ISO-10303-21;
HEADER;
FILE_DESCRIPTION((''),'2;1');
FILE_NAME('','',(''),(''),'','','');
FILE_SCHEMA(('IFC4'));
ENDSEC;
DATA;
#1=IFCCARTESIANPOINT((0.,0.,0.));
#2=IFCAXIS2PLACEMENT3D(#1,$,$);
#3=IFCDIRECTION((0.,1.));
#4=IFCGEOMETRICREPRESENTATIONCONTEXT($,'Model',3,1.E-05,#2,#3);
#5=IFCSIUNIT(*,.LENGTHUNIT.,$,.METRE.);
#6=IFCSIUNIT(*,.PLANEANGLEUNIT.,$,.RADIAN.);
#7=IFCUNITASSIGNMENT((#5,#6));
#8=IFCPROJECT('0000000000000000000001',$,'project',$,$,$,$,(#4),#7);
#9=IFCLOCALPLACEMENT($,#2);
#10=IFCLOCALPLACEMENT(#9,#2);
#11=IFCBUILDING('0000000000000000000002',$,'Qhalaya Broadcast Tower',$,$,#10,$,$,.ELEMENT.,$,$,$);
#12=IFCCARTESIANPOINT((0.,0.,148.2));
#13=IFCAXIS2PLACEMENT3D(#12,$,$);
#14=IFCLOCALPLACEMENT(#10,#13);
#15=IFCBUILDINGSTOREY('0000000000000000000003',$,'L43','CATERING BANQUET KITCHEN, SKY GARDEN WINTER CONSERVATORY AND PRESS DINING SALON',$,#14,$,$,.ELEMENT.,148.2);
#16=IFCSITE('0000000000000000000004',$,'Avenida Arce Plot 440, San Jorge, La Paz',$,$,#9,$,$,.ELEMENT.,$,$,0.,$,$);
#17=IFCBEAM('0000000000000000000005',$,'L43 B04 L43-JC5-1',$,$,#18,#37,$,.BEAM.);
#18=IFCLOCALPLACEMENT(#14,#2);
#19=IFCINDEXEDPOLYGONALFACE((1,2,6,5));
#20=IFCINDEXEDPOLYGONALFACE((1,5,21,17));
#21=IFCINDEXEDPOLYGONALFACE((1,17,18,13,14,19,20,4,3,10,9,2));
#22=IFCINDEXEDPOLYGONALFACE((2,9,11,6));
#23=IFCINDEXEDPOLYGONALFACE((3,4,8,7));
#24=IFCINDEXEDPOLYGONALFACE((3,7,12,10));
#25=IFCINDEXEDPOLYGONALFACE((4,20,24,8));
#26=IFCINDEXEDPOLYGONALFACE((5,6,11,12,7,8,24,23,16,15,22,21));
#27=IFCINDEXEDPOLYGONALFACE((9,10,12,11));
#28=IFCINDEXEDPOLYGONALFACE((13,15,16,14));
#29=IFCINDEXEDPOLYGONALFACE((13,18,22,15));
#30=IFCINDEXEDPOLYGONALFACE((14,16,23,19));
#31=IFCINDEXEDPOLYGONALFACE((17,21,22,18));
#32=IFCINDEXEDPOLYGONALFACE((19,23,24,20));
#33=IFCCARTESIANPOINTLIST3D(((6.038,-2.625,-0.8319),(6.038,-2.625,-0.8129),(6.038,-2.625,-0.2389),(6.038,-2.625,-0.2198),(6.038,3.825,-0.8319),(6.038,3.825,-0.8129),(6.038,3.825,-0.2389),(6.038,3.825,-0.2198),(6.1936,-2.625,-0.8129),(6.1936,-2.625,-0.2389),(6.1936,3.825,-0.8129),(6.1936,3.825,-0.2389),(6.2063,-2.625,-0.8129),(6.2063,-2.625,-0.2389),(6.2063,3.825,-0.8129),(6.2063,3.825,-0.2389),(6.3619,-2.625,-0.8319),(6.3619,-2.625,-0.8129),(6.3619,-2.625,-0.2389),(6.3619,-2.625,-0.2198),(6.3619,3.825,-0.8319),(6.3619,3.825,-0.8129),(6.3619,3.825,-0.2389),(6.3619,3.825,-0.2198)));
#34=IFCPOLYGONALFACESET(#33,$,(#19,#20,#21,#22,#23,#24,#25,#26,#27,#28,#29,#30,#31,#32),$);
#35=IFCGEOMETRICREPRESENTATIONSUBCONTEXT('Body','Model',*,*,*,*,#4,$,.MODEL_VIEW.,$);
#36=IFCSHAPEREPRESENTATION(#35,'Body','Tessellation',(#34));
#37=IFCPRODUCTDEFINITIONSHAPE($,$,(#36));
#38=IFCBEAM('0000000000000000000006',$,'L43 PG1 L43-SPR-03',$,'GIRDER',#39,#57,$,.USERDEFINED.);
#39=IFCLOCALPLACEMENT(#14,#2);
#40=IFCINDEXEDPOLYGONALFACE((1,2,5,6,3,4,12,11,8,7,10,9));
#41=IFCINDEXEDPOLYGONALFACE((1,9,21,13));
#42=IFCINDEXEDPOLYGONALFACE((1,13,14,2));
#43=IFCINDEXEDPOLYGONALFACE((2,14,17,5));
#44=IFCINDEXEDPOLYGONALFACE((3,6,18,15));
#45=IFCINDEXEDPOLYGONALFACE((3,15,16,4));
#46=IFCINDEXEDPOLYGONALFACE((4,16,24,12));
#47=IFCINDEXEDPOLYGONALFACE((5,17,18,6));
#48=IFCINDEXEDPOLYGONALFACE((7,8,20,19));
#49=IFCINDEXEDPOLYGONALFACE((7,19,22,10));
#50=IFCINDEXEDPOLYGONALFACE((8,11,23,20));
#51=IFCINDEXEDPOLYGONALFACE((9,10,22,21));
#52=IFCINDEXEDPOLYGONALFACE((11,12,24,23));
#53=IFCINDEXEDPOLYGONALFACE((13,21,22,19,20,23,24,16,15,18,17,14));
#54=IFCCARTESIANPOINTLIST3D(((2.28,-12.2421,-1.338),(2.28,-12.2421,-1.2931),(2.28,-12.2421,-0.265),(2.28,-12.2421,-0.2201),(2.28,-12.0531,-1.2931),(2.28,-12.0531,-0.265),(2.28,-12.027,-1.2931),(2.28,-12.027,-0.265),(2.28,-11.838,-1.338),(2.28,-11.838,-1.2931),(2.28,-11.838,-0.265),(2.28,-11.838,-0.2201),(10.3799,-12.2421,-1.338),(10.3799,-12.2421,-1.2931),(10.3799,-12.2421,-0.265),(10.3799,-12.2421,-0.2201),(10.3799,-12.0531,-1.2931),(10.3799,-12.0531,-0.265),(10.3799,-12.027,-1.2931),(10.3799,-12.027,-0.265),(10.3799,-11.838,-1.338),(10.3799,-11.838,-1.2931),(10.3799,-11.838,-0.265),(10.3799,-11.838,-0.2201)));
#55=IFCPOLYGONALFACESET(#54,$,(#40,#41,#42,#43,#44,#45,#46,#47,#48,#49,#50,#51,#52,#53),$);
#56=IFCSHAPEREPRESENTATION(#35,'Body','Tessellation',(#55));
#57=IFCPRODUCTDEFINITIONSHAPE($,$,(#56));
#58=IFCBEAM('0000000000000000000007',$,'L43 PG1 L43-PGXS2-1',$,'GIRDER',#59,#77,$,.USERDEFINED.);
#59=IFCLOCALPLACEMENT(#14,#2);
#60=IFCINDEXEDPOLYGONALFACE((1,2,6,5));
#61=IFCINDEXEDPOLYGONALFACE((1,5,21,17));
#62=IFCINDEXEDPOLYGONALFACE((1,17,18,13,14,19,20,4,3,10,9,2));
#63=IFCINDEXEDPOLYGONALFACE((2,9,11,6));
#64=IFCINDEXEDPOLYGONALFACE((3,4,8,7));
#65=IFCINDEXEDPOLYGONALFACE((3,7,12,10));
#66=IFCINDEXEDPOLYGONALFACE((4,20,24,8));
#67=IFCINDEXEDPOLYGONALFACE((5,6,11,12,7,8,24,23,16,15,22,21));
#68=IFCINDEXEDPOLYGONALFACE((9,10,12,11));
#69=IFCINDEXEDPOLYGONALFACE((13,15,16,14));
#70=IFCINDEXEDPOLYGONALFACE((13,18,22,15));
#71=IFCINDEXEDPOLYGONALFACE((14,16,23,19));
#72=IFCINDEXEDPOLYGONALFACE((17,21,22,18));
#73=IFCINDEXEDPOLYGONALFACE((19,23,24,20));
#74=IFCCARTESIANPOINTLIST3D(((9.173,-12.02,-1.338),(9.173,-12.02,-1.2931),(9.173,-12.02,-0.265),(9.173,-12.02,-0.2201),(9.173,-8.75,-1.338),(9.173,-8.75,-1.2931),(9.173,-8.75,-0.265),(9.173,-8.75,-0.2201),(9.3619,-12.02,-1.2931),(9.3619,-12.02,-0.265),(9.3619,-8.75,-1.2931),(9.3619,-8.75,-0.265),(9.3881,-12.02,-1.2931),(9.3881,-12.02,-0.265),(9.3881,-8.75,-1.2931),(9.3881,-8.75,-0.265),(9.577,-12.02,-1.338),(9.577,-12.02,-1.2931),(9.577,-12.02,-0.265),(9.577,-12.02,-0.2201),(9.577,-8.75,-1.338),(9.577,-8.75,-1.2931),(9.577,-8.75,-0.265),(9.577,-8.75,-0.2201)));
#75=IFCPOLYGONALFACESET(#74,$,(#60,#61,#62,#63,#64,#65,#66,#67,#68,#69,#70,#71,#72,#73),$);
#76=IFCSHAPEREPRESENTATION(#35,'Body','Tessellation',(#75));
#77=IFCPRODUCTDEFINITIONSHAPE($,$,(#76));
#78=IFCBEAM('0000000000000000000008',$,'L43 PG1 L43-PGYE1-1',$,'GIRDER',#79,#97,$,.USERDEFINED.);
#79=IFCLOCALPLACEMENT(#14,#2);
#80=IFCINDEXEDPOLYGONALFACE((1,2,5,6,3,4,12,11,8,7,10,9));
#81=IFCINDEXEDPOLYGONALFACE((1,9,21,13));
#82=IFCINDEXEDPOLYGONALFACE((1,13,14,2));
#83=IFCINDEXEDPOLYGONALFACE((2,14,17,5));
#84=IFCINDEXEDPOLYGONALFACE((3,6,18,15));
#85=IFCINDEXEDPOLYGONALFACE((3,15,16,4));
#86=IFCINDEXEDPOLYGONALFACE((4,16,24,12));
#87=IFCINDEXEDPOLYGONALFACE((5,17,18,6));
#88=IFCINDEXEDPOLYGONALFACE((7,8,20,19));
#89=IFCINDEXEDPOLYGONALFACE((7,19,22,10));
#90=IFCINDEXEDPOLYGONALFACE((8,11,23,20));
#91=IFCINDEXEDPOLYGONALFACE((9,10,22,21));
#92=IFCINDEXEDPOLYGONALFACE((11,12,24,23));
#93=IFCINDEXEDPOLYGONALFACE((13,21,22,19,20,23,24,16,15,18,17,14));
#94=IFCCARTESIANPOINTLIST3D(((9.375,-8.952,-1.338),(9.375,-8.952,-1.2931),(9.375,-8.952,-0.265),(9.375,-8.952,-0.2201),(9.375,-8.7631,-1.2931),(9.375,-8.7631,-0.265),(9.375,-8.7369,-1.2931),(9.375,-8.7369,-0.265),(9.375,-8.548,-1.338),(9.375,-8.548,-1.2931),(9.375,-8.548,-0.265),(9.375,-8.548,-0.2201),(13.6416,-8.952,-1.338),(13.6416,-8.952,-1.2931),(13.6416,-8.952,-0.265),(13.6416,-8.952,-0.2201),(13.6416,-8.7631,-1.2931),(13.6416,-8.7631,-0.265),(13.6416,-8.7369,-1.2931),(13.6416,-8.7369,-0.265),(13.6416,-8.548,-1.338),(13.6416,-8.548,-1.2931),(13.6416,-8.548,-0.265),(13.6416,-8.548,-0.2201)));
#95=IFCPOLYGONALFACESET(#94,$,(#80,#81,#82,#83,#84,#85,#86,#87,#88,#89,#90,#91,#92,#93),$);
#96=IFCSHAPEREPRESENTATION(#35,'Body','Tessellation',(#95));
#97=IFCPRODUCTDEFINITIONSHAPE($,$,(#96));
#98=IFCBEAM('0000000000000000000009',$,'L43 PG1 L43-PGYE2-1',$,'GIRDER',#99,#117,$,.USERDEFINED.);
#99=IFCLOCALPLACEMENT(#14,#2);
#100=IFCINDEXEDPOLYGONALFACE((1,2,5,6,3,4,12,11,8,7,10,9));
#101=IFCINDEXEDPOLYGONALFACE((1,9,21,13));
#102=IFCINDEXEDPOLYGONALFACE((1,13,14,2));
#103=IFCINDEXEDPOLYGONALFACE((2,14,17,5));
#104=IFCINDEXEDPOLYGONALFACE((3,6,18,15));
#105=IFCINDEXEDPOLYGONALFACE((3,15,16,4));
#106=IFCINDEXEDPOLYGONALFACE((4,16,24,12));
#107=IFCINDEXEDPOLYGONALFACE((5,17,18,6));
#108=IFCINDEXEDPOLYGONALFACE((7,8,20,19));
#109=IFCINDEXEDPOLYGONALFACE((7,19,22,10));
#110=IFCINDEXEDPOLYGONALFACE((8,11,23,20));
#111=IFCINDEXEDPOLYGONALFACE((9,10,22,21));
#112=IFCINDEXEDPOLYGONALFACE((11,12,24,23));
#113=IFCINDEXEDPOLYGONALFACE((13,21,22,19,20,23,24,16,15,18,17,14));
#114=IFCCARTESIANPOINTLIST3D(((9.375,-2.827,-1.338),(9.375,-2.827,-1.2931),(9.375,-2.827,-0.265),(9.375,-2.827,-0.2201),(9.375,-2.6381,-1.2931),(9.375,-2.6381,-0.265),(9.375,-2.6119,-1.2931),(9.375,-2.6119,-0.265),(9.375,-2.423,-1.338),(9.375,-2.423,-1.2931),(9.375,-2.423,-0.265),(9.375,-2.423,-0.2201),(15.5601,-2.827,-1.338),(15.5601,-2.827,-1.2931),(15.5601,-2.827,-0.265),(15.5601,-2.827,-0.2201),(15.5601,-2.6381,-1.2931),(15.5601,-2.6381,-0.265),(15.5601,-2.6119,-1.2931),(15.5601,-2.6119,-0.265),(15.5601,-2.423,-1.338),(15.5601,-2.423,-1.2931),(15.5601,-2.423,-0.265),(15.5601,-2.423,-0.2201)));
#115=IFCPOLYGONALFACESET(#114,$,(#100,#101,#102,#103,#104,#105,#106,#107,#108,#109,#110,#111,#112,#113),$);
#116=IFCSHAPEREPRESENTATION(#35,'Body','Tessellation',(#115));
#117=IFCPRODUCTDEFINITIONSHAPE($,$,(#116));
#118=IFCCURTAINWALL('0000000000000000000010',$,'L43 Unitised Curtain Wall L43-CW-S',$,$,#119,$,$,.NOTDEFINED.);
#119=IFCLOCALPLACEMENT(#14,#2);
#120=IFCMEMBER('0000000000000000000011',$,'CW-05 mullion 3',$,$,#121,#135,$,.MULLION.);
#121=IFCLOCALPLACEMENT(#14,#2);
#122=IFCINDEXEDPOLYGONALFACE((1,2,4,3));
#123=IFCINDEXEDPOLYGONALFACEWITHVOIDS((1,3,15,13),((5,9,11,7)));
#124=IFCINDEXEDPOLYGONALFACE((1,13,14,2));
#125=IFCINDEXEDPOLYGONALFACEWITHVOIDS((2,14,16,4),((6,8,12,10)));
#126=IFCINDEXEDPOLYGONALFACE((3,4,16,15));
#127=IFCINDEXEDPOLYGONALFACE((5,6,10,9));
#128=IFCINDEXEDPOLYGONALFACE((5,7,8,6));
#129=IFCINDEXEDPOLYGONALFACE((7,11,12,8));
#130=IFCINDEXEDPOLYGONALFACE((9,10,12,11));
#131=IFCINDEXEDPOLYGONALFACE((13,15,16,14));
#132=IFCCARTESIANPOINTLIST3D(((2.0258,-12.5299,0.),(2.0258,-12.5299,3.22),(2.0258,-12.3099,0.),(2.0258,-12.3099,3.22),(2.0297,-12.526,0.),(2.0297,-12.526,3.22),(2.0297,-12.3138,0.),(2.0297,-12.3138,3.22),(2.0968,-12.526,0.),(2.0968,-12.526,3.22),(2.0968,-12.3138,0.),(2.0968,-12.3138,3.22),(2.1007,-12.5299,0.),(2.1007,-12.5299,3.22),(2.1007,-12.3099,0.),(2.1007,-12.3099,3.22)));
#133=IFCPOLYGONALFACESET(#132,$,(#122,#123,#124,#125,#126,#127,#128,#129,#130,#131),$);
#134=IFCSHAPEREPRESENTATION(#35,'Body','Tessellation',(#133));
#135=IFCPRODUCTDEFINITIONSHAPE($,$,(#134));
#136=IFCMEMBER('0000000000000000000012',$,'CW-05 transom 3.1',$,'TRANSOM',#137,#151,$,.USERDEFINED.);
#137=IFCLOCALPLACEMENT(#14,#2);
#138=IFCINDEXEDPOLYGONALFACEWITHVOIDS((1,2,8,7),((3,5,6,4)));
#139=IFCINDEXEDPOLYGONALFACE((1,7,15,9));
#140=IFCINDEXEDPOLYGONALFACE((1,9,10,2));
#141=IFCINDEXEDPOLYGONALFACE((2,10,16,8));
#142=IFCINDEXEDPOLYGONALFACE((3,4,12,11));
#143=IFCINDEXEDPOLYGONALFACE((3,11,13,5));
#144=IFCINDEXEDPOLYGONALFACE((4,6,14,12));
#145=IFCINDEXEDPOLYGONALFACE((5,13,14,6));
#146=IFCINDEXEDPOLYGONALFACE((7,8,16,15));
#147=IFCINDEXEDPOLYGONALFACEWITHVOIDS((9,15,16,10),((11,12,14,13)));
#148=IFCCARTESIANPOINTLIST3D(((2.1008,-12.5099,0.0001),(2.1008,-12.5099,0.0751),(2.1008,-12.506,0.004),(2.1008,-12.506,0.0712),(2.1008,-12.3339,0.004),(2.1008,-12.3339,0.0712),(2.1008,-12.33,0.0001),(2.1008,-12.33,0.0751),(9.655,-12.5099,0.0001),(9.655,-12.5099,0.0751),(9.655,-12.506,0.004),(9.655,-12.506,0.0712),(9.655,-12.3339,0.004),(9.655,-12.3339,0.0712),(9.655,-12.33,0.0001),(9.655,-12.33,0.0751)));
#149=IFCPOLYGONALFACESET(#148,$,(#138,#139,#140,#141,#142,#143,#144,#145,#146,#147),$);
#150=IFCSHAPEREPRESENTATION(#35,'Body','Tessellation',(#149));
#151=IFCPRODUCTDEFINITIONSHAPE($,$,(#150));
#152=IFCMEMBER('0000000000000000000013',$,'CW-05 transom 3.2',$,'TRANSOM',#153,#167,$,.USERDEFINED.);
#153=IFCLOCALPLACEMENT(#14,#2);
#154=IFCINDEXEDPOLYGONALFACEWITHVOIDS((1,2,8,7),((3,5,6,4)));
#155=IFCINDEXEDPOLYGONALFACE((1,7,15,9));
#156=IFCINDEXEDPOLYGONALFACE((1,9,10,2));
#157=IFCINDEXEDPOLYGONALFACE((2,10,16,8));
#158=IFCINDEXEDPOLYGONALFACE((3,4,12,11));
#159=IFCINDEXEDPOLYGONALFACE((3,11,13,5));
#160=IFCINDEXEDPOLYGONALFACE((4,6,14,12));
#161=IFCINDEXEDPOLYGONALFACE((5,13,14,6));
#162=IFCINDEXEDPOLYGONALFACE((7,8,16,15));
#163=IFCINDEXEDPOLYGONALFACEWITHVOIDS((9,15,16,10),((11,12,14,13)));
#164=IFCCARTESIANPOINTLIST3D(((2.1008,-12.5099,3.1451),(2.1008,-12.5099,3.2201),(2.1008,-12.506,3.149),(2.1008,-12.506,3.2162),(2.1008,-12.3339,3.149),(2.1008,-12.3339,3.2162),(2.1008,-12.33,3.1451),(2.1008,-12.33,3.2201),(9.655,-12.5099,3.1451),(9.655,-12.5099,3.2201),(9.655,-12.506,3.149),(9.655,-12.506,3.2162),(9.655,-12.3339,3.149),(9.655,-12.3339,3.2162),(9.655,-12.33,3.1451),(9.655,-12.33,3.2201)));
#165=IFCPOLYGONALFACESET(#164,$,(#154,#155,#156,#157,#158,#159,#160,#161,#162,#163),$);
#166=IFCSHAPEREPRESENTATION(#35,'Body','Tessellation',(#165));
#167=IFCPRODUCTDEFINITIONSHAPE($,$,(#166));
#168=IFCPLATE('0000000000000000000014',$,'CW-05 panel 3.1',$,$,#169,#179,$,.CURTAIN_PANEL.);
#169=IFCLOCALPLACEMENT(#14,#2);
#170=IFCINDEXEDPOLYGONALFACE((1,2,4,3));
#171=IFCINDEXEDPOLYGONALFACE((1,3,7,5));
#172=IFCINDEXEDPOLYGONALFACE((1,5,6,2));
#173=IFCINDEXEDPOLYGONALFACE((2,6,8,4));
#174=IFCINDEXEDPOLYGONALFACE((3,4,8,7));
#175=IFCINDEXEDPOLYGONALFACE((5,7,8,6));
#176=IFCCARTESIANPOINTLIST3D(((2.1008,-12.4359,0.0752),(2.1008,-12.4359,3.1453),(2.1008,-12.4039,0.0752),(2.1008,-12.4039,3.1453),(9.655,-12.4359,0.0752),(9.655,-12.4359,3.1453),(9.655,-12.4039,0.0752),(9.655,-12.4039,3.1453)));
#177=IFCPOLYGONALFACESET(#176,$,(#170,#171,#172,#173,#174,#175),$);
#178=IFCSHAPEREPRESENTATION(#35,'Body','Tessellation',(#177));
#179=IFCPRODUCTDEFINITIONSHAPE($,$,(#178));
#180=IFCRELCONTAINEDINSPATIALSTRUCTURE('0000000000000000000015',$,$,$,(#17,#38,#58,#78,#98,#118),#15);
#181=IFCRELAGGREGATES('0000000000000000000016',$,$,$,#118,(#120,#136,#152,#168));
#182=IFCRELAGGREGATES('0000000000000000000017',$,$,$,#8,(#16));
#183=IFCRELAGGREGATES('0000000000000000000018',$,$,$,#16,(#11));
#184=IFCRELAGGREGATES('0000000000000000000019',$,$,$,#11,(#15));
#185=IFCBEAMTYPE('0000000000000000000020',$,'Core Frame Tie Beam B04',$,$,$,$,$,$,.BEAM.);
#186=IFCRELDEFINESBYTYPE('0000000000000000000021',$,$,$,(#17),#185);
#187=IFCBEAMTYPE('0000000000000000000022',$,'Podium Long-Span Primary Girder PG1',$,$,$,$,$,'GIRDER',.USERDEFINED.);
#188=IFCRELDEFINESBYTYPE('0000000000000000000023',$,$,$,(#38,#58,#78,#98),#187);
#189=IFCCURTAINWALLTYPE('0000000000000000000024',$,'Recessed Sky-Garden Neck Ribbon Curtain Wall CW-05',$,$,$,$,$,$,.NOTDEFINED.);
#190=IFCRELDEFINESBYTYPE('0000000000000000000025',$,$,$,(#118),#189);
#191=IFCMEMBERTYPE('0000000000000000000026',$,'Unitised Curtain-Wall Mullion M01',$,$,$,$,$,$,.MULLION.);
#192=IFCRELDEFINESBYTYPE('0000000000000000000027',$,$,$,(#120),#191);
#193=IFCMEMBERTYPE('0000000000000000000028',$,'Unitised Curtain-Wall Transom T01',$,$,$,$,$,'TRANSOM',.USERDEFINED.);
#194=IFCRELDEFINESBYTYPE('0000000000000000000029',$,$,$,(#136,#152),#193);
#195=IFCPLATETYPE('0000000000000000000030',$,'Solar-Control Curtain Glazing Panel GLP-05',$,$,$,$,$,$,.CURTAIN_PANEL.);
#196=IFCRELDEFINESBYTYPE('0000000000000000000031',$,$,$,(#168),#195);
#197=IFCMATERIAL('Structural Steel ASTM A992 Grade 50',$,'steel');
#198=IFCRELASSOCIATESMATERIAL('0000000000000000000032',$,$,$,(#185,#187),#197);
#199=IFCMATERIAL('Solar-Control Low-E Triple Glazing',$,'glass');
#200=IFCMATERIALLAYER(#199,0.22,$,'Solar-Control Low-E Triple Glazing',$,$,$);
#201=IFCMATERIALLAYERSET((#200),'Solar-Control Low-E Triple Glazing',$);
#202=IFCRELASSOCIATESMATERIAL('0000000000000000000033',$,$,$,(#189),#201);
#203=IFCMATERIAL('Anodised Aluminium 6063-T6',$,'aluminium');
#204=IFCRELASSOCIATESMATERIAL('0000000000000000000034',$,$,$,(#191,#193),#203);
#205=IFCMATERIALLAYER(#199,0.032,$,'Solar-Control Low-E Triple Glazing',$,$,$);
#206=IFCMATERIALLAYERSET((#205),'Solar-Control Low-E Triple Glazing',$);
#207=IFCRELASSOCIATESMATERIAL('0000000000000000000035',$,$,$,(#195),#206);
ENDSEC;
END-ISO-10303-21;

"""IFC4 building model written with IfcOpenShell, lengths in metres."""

from ifc_helpers import new_model, si_unit, direction, frame, origin, origin_2d, place, context, subcontext, project, spatial, rectangle, hollow_rectangle, i_section, extrude, material, layer, layer_set, material_profile, profile_set, type_object, element, aggregate, save


model = new_model("IFC4")

# Units and contexts
model_context = context("Model", 3, precision=1e-05, world=origin(), true_north=direction((0.0, 1.0)))
body_context = subcontext(model_context, "Body", "Model", "MODEL_VIEW")
ifc_project = project(units=[si_unit("LENGTHUNIT", "METRE"), si_unit("PLANEANGLEUNIT", "RADIAN")], contexts=[model_context])

# Site, building, storey
site_placement = place(None, origin())
site = spatial("IfcSite", under=ifc_project, at=site_placement, Name="Avenida Arce Plot 440, San Jorge, La Paz", CompositionType="ELEMENT", RefElevation=0.0)
building_placement = place(site_placement, origin())
building = spatial("IfcBuilding", under=site, at=building_placement, Name="Qhalaya Broadcast Tower", CompositionType="ELEMENT")
storey_placement = place(building_placement, frame((0.0, 0.0, 148.2)))
storey = spatial("IfcBuildingStorey", under=building, at=storey_placement, Name="L43", Description="CATERING BANQUET KITCHEN, SKY GARDEN WINTER CONSERVATORY AND PRESS DINING SALON", CompositionType="ELEMENT", Elevation=148.2)

# Beams
ifc_material_1 = material(Name="Structural Steel ASTM A992 Grade 50", Category="steel")
ifc_material_profile_1 = material_profile(ifc_material_1, i_section(OverallWidth=0.324, OverallDepth=0.6121, WebThickness=0.0127, FlangeThickness=0.019, at=origin_2d()), Name="W24X104")
ifc_profile_set_1 = profile_set([ifc_material_profile_1], Name="Structural Steel ASTM A992 Grade 50")
beam_type_1 = type_object("IfcBeamType", Name="Core Frame Tie Beam B04", PredefinedType="BEAM", material=ifc_profile_set_1)
for number, where, z_axis, x_axis, name in (
    (1, (6.2, -2.625, -0.5259), (0.0, 1.0, 0.0), (-1.0, 0.0, 0.0), "L43 B04 L43-JC5-1"),
):
    element("IfcBeam", number, at=place(storey_placement, frame(where, z_axis=z_axis, x_axis=x_axis)), inside=storey, type_object=beam_type_1, Name=name, PredefinedType="BEAM", context=body_context, shape_type="SweptSolid", body=[
        extrude(i_section(OverallWidth=0.324, OverallDepth=0.6121, WebThickness=0.0127, FlangeThickness=0.019, at=origin_2d()), origin(), (0.0, 0.0, 1.0), 6.45),
    ])
ifc_material_profile_2 = material_profile(ifc_material_1, i_section(OverallWidth=0.4041, OverallDepth=1.1179, WebThickness=0.0261, FlangeThickness=0.0449, at=origin_2d()), Name="W44X335")
ifc_profile_set_2 = profile_set([ifc_material_profile_2], Name="Structural Steel ASTM A992 Grade 50")
beam_type_2 = type_object("IfcBeamType", Name="Podium Long-Span Primary Girder PG1", ElementType="GIRDER", PredefinedType="USERDEFINED", material=ifc_profile_set_2)
beam_1_placement = place(storey_placement, frame((2.28, -12.04, -0.7791), z_axis=(1.0, 0.0, 0.0), x_axis=(0.0, 1.0, 0.0)))
element("IfcBeam", 2, at=beam_1_placement, inside=storey, type_object=beam_type_2, Name="L43 PG1 L43-SPR-03", ObjectType="GIRDER", PredefinedType="USERDEFINED", context=body_context, shape_type="SweptSolid", body=[
    extrude(i_section(OverallWidth=0.4041, OverallDepth=1.1179, WebThickness=0.0261, FlangeThickness=0.0449, at=origin_2d()), origin(), (0.0, 0.0, 1.0), 8.0999),
])
beam_2_placement = place(storey_placement, frame((9.375, -12.02, -0.7791), z_axis=(0.0, 1.0, 0.0), x_axis=(-1.0, 0.0, 0.0)))
element("IfcBeam", 3, at=beam_2_placement, inside=storey, type_object=beam_type_2, Name="L43 PG1 L43-PGXS2-1", ObjectType="GIRDER", PredefinedType="USERDEFINED", context=body_context, shape_type="SweptSolid", body=[
    extrude(i_section(OverallWidth=0.4041, OverallDepth=1.1179, WebThickness=0.0261, FlangeThickness=0.0449, at=origin_2d()), origin(), (0.0, 0.0, 1.0), 3.27),
])
beam_3_placement = place(storey_placement, frame((9.375, -8.75, -0.7791), z_axis=(1.0, 0.0, 0.0), x_axis=(0.0, 1.0, 0.0)))
element("IfcBeam", 4, at=beam_3_placement, inside=storey, type_object=beam_type_2, Name="L43 PG1 L43-PGYE1-1", ObjectType="GIRDER", PredefinedType="USERDEFINED", context=body_context, shape_type="SweptSolid", body=[
    extrude(i_section(OverallWidth=0.4041, OverallDepth=1.1179, WebThickness=0.0261, FlangeThickness=0.0449, at=origin_2d()), origin(), (0.0, 0.0, 1.0), 4.2666),
])
beam_4_placement = place(storey_placement, frame((9.375, -2.625, -0.7791), z_axis=(1.0, 0.0, 0.0), x_axis=(0.0, 1.0, 0.0)))
element("IfcBeam", 5, at=beam_4_placement, inside=storey, type_object=beam_type_2, Name="L43 PG1 L43-PGYE2-1", ObjectType="GIRDER", PredefinedType="USERDEFINED", context=body_context, shape_type="SweptSolid", body=[
    extrude(i_section(OverallWidth=0.4041, OverallDepth=1.1179, WebThickness=0.0261, FlangeThickness=0.0449, at=origin_2d()), origin(), (0.0, 0.0, 1.0), 6.1851),
])

# Curtain wall, members, plate
ifc_material_2 = material(Name="Solar-Control Low-E Triple Glazing", Category="glass")
ifc_layer_1 = layer(ifc_material_2, 0.22, Name="Solar-Control Low-E Triple Glazing")
ifc_layer_set_1 = layer_set([ifc_layer_1], Name="Solar-Control Low-E Triple Glazing")
curtain_wall_type = type_object("IfcCurtainWallType", Name="Recessed Sky-Garden Neck Ribbon Curtain Wall CW-05", PredefinedType="NOTDEFINED", material=ifc_layer_set_1)
curtain_wall_placement = place(storey_placement, origin())
curtain_wall = element("IfcCurtainWall", 6, at=curtain_wall_placement, inside=storey, type_object=curtain_wall_type, Name="L43 Unitised Curtain Wall L43-CW-S", PredefinedType="NOTDEFINED")
ifc_material_3 = material(Name="Anodised Aluminium 6063-T6", Category="aluminium")
ifc_material_profile_3 = material_profile(ifc_material_3, hollow_rectangle(XDim=0.075, YDim=0.22, WallThickness=0.0039, at=origin_2d()), Name="ALU-MUL 75x220x4")
ifc_profile_set_3 = profile_set([ifc_material_profile_3], Name="Anodised Aluminium 6063-T6")
member_type_1 = type_object("IfcMemberType", Name="Unitised Curtain-Wall Mullion M01", PredefinedType="MULLION", material=ifc_profile_set_3)
member_1_placement = place(storey_placement, frame((2.0632, -12.4199, 0.0), z_axis=(0.0, 0.0, 1.0), x_axis=(1.0, 0.0, 0.0)))
member_1 = element("IfcMember", 7, at=member_1_placement, type_object=member_type_1, Name="CW-05 mullion 3", PredefinedType="MULLION", context=body_context, shape_type="SweptSolid", body=[
    extrude(hollow_rectangle(XDim=0.075, YDim=0.22, WallThickness=0.0039, at=origin_2d()), origin(), (0.0, 0.0, 1.0), 3.22),
])
ifc_material_profile_4 = material_profile(ifc_material_3, hollow_rectangle(XDim=0.075, YDim=0.1799, WallThickness=0.0039, at=origin_2d()), Name="ALU-TRN 75x180x4")
ifc_profile_set_4 = profile_set([ifc_material_profile_4], Name="Anodised Aluminium 6063-T6")
member_type_2 = type_object("IfcMemberType", Name="Unitised Curtain-Wall Transom T01", ElementType="TRANSOM", PredefinedType="USERDEFINED", material=ifc_profile_set_4)
member_2_placement = place(storey_placement, frame((2.1008, -12.4199, 0.0376), z_axis=(1.0, 0.0, 0.0), x_axis=(0.0, 0.0, 1.0)))
member_2 = element("IfcMember", 8, at=member_2_placement, type_object=member_type_2, Name="CW-05 transom 3.1", ObjectType="TRANSOM", PredefinedType="USERDEFINED", context=body_context, shape_type="SweptSolid", body=[
    extrude(hollow_rectangle(XDim=0.075, YDim=0.1799, WallThickness=0.0039, at=origin_2d()), origin(), (0.0, 0.0, 1.0), 7.5542),
])
member_3_placement = place(storey_placement, frame((2.1008, -12.4199, 3.1826), z_axis=(1.0, 0.0, 0.0), x_axis=(0.0, 0.0, 1.0)))
member_3 = element("IfcMember", 9, at=member_3_placement, type_object=member_type_2, Name="CW-05 transom 3.2", ObjectType="TRANSOM", PredefinedType="USERDEFINED", context=body_context, shape_type="SweptSolid", body=[
    extrude(hollow_rectangle(XDim=0.075, YDim=0.1799, WallThickness=0.0039, at=origin_2d()), origin(), (0.0, 0.0, 1.0), 7.5542),
])
ifc_layer_2 = layer(ifc_material_2, 0.032, Name="Solar-Control Low-E Triple Glazing")
ifc_layer_set_2 = layer_set([ifc_layer_2], Name="Solar-Control Low-E Triple Glazing")
plate_type = type_object("IfcPlateType", Name="Solar-Control Curtain Glazing Panel GLP-05", PredefinedType="CURTAIN_PANEL", material=ifc_layer_set_2)
plate_placement = place(storey_placement, frame((5.8779, -12.4199, 0.0752), z_axis=(0.0, 0.0, 1.0), x_axis=(1.0, 0.0, 0.0)))
plate = element("IfcPlate", 10, at=plate_placement, type_object=plate_type, Name="CW-05 panel 3.1", PredefinedType="CURTAIN_PANEL", context=body_context, shape_type="SweptSolid", body=[
    extrude(rectangle(XDim=7.5542, YDim=0.032, at=origin_2d()), origin(), (0.0, 0.0, 1.0), 3.0701),
])
aggregate(curtain_wall, [member_1, member_2, member_3, plate])

save(model, "model.ifc")
